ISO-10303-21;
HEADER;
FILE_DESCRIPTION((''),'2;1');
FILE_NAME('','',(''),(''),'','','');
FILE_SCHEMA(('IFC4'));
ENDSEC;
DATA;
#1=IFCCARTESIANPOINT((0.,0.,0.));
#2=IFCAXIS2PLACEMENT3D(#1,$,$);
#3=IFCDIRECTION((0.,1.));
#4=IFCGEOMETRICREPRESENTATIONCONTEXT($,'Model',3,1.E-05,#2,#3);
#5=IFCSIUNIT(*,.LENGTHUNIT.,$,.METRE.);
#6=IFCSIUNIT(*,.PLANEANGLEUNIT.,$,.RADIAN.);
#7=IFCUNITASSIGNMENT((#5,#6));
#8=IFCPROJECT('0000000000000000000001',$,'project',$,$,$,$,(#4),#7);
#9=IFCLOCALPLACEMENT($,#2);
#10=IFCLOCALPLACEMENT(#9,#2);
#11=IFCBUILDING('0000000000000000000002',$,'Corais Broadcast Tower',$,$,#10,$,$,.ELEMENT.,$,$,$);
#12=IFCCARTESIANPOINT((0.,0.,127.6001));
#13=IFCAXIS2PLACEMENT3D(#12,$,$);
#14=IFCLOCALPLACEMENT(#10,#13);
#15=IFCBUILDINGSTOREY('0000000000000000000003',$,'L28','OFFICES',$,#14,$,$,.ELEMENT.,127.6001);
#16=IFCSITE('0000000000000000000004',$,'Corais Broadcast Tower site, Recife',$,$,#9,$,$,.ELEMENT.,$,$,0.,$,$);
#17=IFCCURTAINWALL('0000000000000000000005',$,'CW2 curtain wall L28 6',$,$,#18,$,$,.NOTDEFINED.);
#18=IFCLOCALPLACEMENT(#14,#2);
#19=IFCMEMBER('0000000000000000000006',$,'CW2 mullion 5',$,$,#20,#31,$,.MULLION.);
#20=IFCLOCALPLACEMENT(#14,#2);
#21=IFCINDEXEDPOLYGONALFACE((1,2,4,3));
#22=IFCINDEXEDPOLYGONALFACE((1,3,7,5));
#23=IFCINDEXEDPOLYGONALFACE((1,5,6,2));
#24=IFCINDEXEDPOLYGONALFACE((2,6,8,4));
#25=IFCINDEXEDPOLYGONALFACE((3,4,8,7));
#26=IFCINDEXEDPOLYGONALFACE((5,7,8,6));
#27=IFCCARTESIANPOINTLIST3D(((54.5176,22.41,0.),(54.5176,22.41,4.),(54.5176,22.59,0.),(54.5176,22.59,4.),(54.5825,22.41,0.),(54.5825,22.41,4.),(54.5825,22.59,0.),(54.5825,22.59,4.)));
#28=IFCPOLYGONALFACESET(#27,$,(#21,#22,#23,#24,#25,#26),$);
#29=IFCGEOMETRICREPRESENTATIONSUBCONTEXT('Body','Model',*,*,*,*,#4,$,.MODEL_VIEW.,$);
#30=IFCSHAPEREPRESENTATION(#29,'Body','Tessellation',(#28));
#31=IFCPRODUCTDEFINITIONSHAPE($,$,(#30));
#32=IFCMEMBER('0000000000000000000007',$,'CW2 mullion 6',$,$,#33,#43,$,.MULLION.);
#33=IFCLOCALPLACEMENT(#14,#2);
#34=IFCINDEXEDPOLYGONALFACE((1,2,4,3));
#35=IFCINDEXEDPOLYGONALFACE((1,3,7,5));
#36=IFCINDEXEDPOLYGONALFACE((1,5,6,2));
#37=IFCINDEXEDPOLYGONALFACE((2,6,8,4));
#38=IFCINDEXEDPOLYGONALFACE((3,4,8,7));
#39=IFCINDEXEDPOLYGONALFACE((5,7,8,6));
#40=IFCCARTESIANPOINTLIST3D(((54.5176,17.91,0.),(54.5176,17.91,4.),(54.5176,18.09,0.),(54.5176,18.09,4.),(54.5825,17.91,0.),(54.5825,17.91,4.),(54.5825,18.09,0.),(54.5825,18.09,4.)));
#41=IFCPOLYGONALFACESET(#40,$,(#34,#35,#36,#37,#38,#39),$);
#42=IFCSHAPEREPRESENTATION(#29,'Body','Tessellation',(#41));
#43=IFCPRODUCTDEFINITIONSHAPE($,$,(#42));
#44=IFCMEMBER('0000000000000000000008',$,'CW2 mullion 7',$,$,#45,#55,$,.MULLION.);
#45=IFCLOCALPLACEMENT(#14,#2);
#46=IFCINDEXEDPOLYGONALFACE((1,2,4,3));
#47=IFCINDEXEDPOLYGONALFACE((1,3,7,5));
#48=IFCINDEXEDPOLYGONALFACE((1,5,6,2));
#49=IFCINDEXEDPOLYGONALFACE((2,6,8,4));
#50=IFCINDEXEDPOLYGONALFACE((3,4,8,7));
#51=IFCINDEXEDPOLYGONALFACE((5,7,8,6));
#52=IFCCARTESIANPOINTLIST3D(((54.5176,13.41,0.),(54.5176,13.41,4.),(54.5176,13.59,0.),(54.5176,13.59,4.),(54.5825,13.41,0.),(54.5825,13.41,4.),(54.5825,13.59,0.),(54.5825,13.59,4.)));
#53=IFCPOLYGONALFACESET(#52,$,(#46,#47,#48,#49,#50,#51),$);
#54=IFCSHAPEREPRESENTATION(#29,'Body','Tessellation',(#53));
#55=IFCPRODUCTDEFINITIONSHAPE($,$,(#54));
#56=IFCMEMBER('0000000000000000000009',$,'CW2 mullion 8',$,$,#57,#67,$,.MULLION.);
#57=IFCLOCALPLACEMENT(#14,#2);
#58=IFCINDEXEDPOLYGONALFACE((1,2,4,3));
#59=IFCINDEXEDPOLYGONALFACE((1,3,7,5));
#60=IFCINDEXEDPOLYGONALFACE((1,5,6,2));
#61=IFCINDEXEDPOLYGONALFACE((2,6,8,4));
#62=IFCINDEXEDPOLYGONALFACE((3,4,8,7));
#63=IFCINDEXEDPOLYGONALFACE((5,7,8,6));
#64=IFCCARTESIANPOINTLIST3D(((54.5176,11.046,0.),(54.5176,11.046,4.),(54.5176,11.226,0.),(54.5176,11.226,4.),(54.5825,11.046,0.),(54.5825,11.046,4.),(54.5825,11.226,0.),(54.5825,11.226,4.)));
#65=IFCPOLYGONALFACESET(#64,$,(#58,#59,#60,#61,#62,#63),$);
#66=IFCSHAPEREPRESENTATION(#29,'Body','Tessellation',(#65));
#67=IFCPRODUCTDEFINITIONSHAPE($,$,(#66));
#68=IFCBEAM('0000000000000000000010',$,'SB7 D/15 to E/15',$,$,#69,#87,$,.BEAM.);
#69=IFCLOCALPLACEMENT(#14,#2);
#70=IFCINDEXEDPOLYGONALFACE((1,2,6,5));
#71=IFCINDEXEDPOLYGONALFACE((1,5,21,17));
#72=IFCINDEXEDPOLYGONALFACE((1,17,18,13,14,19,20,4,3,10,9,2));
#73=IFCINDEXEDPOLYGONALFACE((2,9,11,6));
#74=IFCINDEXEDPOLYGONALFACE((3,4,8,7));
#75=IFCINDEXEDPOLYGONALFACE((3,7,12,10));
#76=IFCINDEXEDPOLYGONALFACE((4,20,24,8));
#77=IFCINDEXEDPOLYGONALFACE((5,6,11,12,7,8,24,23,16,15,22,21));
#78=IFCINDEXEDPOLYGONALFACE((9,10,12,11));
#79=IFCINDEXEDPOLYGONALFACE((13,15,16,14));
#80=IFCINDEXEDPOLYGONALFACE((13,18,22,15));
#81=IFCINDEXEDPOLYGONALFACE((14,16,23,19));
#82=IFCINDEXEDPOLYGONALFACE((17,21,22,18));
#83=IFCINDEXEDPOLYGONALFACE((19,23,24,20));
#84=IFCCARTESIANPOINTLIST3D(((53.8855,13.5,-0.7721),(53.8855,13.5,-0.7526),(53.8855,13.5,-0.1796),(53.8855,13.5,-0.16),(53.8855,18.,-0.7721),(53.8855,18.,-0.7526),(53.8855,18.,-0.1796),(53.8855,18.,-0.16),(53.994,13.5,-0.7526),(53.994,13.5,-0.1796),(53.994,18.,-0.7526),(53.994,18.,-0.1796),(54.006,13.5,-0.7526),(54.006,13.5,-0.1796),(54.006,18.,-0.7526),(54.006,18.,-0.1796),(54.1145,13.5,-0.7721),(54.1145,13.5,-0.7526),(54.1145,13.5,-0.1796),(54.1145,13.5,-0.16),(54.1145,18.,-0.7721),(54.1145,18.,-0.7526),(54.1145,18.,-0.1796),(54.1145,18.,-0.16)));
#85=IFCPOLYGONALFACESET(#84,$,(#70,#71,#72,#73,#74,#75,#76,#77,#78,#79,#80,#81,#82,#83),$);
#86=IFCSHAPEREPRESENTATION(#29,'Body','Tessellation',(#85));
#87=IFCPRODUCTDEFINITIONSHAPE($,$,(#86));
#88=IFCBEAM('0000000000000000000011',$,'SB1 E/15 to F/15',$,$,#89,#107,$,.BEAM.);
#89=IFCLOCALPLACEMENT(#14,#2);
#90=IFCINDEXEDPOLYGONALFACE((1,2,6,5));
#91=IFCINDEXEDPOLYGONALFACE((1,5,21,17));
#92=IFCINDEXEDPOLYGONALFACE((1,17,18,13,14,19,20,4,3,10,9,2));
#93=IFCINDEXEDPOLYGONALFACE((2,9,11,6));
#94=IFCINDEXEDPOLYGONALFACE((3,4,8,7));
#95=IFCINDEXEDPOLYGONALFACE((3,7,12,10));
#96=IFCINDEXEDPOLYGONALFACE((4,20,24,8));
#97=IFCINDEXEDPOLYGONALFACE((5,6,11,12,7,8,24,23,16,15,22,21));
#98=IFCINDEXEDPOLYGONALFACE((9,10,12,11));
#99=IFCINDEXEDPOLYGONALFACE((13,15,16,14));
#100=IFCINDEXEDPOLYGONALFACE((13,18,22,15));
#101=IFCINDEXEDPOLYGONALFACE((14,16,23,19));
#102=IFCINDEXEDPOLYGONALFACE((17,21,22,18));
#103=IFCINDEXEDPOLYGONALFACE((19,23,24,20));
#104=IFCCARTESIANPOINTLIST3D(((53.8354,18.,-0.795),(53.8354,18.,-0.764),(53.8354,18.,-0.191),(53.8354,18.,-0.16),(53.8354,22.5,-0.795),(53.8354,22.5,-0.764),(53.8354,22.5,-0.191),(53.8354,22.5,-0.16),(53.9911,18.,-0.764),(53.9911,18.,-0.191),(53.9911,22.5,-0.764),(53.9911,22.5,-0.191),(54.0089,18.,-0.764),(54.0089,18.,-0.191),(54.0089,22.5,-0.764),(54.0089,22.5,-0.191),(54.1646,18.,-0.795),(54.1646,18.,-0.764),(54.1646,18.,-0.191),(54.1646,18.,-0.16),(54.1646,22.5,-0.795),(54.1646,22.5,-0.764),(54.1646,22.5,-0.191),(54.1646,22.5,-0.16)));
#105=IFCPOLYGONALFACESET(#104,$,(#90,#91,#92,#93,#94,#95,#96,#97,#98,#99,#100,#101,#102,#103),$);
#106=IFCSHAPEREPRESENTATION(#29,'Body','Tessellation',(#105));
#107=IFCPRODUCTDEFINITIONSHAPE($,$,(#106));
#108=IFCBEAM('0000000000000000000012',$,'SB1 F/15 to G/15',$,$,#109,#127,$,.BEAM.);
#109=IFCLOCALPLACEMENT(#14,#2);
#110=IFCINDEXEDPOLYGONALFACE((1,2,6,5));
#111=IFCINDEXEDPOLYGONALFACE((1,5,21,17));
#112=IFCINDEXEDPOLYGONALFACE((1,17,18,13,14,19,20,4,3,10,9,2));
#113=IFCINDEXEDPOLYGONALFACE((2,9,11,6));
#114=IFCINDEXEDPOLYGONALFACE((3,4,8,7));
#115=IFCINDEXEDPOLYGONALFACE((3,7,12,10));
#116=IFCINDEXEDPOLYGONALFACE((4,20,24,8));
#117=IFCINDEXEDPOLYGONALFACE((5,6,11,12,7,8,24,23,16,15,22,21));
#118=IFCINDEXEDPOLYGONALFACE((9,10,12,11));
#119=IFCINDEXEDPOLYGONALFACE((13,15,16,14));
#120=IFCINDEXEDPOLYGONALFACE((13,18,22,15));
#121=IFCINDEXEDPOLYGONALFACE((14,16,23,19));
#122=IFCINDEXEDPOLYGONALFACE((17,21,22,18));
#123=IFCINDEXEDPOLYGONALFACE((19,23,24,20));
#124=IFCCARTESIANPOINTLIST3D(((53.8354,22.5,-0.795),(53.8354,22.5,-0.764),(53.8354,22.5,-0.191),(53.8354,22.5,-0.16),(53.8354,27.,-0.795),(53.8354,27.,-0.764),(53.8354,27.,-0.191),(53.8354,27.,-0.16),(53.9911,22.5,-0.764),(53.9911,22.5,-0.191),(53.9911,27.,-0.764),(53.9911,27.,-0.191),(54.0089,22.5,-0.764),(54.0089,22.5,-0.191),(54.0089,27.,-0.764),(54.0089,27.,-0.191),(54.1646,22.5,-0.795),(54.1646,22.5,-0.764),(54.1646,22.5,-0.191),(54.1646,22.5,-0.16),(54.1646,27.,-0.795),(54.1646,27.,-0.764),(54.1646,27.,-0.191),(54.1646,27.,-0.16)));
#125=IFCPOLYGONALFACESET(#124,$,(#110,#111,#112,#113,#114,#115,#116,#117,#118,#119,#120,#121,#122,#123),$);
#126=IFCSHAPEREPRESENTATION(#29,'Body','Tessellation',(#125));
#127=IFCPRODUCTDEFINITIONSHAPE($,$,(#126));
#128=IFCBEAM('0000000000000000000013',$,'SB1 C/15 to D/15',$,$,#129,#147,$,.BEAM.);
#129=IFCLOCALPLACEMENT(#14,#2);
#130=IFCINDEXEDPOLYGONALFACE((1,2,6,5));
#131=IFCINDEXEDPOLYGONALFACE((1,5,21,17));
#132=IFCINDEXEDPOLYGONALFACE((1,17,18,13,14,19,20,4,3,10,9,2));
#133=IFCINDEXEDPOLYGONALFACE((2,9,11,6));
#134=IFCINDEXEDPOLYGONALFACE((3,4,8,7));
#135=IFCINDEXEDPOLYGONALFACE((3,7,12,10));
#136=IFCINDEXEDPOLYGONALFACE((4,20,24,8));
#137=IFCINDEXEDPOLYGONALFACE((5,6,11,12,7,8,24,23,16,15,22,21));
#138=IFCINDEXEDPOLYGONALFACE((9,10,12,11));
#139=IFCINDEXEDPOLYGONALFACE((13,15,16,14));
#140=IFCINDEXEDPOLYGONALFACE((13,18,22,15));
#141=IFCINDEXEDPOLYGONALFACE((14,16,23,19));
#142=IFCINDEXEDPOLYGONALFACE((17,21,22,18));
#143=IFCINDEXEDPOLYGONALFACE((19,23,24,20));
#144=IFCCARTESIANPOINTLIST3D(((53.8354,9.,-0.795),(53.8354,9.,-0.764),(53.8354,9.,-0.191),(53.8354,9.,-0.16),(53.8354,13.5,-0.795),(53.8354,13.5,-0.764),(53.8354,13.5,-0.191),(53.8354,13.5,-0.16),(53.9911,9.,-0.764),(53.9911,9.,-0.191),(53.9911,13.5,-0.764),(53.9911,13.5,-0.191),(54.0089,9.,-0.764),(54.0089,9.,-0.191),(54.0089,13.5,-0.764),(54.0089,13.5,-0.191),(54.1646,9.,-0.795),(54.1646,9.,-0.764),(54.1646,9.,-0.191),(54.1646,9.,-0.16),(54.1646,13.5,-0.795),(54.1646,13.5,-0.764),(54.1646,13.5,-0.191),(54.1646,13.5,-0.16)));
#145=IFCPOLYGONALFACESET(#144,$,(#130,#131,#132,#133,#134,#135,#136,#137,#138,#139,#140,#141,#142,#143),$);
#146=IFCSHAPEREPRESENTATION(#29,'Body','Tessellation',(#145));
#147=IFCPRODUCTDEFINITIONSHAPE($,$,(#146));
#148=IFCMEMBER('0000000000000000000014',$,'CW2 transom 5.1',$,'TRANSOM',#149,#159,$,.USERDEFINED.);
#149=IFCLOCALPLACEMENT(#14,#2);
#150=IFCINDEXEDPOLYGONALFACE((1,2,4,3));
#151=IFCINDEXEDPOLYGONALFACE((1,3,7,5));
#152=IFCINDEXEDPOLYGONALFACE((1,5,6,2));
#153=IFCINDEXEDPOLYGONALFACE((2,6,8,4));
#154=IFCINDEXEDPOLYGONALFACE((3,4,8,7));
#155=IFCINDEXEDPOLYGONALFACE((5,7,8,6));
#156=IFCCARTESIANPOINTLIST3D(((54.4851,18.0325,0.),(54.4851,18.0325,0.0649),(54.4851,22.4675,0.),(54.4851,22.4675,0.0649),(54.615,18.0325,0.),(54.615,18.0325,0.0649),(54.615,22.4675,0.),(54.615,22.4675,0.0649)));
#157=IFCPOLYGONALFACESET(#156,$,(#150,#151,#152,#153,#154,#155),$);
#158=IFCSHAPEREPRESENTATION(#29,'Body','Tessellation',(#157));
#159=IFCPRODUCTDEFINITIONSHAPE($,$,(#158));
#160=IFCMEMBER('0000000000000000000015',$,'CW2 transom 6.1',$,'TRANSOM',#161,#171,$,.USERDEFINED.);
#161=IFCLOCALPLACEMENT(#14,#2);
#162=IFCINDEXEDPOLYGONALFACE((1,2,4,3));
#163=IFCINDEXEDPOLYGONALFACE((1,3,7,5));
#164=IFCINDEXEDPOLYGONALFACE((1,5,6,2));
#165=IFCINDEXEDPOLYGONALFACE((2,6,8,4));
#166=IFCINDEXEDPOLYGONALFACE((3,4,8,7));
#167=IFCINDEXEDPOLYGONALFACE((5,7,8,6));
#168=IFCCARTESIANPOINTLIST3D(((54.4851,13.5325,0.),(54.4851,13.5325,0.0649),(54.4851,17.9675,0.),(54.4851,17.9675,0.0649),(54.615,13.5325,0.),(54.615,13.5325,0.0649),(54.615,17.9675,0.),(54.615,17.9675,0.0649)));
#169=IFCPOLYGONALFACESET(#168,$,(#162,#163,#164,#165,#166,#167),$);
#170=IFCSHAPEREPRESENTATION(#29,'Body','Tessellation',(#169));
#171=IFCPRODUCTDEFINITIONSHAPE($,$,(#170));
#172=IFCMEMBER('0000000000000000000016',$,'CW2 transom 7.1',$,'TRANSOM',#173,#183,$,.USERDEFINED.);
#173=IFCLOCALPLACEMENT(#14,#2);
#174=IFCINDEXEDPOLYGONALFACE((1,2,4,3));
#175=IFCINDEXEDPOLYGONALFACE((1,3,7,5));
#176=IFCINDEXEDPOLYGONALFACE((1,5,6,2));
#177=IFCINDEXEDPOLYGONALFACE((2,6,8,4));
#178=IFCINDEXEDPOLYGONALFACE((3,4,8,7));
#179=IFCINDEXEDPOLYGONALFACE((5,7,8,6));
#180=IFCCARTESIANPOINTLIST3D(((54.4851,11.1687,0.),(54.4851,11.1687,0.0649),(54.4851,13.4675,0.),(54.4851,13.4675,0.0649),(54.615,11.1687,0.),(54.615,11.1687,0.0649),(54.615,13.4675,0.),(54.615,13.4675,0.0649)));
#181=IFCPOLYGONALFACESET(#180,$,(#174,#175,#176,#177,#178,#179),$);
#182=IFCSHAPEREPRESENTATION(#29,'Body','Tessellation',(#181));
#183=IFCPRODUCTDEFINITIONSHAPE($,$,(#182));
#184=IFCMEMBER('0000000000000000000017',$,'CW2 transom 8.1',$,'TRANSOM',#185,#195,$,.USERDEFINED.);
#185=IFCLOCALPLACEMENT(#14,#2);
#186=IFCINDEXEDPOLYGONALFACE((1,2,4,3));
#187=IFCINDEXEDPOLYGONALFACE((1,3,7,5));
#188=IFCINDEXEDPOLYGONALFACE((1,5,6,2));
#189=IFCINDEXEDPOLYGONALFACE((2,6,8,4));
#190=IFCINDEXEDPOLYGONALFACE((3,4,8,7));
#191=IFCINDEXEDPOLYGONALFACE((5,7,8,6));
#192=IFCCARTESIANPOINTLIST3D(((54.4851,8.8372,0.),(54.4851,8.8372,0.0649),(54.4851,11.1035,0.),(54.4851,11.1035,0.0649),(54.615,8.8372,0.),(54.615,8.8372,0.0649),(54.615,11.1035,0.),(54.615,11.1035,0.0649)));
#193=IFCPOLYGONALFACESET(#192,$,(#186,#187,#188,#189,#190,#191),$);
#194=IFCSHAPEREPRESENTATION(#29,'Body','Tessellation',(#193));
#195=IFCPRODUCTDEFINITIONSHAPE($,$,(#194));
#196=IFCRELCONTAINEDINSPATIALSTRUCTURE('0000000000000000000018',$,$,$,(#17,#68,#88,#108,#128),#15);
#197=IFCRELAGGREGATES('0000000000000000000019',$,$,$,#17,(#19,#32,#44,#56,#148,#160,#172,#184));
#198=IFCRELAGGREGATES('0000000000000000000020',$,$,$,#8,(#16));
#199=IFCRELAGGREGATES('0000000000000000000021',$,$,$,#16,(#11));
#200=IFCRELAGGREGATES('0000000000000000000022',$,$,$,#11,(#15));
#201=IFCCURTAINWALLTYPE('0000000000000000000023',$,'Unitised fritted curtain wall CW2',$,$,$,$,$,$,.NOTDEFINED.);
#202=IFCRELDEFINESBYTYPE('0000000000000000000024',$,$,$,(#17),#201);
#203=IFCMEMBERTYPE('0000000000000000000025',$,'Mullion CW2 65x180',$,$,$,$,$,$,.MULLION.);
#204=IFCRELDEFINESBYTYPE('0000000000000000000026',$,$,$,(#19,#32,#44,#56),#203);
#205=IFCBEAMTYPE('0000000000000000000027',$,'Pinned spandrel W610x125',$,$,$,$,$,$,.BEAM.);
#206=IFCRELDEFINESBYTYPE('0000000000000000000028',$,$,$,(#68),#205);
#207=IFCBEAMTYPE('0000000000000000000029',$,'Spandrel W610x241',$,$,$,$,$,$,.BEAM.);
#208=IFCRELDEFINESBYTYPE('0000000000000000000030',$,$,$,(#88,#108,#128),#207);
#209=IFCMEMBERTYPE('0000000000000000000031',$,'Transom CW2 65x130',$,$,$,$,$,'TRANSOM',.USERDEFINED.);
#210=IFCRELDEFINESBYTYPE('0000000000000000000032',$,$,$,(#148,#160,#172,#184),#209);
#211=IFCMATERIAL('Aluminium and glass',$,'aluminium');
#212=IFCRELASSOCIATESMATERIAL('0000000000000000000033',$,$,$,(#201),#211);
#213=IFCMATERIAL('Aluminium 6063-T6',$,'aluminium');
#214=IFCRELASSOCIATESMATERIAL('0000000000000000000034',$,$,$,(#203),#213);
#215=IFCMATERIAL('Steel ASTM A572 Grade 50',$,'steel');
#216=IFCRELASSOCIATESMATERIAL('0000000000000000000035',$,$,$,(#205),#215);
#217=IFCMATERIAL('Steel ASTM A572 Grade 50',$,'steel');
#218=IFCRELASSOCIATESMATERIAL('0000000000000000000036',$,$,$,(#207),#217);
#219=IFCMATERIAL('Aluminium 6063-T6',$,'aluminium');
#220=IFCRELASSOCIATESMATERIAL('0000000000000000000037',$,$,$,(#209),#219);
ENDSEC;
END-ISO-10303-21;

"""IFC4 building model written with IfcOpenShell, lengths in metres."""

from ifc_helpers import new_model, si_unit, direction, frame, origin, origin_2d, place, context, subcontext, project, spatial, rectangle, i_section, extrude, material, material_profile, profile_set, type_object, element, aggregate, save


model = new_model("IFC4")

# Units and contexts
model_context = context("Model", 3, precision=1e-05, world=origin(), true_north=direction((0.0, 1.0)))
body_context = subcontext(model_context, "Body", "Model", "MODEL_VIEW")
ifc_project = project(units=[si_unit("LENGTHUNIT", "METRE"), si_unit("PLANEANGLEUNIT", "RADIAN")], contexts=[model_context])

# Site, building, storey
site_placement = place(None, origin())
site = spatial("IfcSite", under=ifc_project, at=site_placement, Name="Corais Broadcast Tower site, Recife", CompositionType="ELEMENT", RefElevation=0.0)
building_placement = place(site_placement, origin())
building = spatial("IfcBuilding", under=site, at=building_placement, Name="Corais Broadcast Tower", CompositionType="ELEMENT")
storey_placement = place(building_placement, frame((0.0, 0.0, 127.6001)))
storey = spatial("IfcBuildingStorey", under=building, at=storey_placement, Name="L28", Description="OFFICES", CompositionType="ELEMENT", Elevation=127.6001)

# Curtain wall, members
ifc_material_1 = material(Name="Aluminium and glass", Category="aluminium")
curtain_wall_type = type_object("IfcCurtainWallType", Name="Unitised fritted curtain wall CW2", PredefinedType="NOTDEFINED", material=ifc_material_1)
curtain_wall_placement = place(storey_placement, origin())
curtain_wall = element("IfcCurtainWall", 1, at=curtain_wall_placement, inside=storey, type_object=curtain_wall_type, Name="CW2 curtain wall L28 6", PredefinedType="NOTDEFINED")
ifc_material_2 = material(Name="Aluminium 6063-T6", Category="aluminium")
ifc_material_profile_1 = material_profile(ifc_material_2, rectangle(XDim=0.0649, YDim=0.1799, at=origin_2d()), Name="Mullion CW2 65x180")
ifc_profile_set_1 = profile_set([ifc_material_profile_1], Name="Aluminium 6063-T6")
member_type_1 = type_object("IfcMemberType", Name="Mullion CW2 65x180", PredefinedType="MULLION", material=ifc_profile_set_1)
member_1_placement = place(storey_placement, frame((54.55, 22.5, 0.0), z_axis=(0.0, 0.0, 1.0), x_axis=(1.0, 0.0, 0.0)))
member_1 = element("IfcMember", 2, at=member_1_placement, type_object=member_type_1, Name="CW2 mullion 5", PredefinedType="MULLION", context=body_context, shape_type="SweptSolid", body=[
    extrude(rectangle(XDim=0.0649, YDim=0.1799, at=origin_2d()), origin(), (0.0, 0.0, 1.0), 4.0),
])
member_2_placement = place(storey_placement, frame((54.55, 18.0, 0.0), z_axis=(0.0, 0.0, 1.0), x_axis=(1.0, 0.0, 0.0)))
member_2 = element("IfcMember", 3, at=member_2_placement, type_object=member_type_1, Name="CW2 mullion 6", PredefinedType="MULLION", context=body_context, shape_type="SweptSolid", body=[
    extrude(rectangle(XDim=0.0649, YDim=0.1799, at=origin_2d()), origin(), (0.0, 0.0, 1.0), 4.0),
])
member_3_placement = place(storey_placement, frame((54.55, 13.5, 0.0), z_axis=(0.0, 0.0, 1.0), x_axis=(1.0, 0.0, 0.0)))
member_3 = element("IfcMember", 4, at=member_3_placement, type_object=member_type_1, Name="CW2 mullion 7", PredefinedType="MULLION", context=body_context, shape_type="SweptSolid", body=[
    extrude(rectangle(XDim=0.0649, YDim=0.1799, at=origin_2d()), origin(), (0.0, 0.0, 1.0), 4.0),
])
member_4_placement = place(storey_placement, frame((54.55, 11.136, 0.0), z_axis=(0.0, 0.0, 1.0), x_axis=(1.0, 0.0, 0.0)))
member_4 = element("IfcMember", 5, at=member_4_placement, type_object=member_type_1, Name="CW2 mullion 8", PredefinedType="MULLION", context=body_context, shape_type="SweptSolid", body=[
    extrude(rectangle(XDim=0.0649, YDim=0.1799, at=origin_2d()), origin(), (0.0, 0.0, 1.0), 4.0),
])

# Beams
ifc_material_3 = material(Name="Steel ASTM A572 Grade 50", Category="steel")
ifc_material_profile_2 = material_profile(ifc_material_3, i_section(OverallWidth=0.229, OverallDepth=0.6121, WebThickness=0.012, FlangeThickness=0.0195, at=origin_2d()), Name="W610x125")
ifc_profile_set_2 = profile_set([ifc_material_profile_2], Name="Steel ASTM A572 Grade 50")
beam_type_1 = type_object("IfcBeamType", Name="Pinned spandrel W610x125", PredefinedType="BEAM", material=ifc_profile_set_2)
beam_1_placement = place(storey_placement, frame((54.0, 13.5, -0.4661), z_axis=(0.0, 1.0, 0.0), x_axis=(-1.0, 0.0, 0.0)))
element("IfcBeam", 6, at=beam_1_placement, inside=storey, type_object=beam_type_1, Name="SB7 D/15 to E/15", PredefinedType="BEAM", context=body_context, shape_type="SweptSolid", body=[
    extrude(i_section(OverallWidth=0.229, OverallDepth=0.6121, WebThickness=0.012, FlangeThickness=0.0195, at=origin_2d()), origin(), (0.0, 0.0, 1.0), 4.5),
])
ifc_material_4 = material(Name="Steel ASTM A572 Grade 50", Category="steel")
ifc_material_profile_3 = material_profile(ifc_material_4, i_section(OverallWidth=0.3291, OverallDepth=0.635, WebThickness=0.0178, FlangeThickness=0.031, at=origin_2d()), Name="W610x241")
ifc_profile_set_3 = profile_set([ifc_material_profile_3], Name="Steel ASTM A572 Grade 50")
beam_type_2 = type_object("IfcBeamType", Name="Spandrel W610x241", PredefinedType="BEAM", material=ifc_profile_set_3)
for number, where, z_axis, x_axis, name in (
    (7, (54.0, 18.0, -0.4775), (0.0, 1.0, 0.0), (-1.0, 0.0, 0.0), "SB1 E/15 to F/15"),
    (8, (54.0, 22.5, -0.4775), (0.0, 1.0, 0.0), (-1.0, 0.0, 0.0), "SB1 F/15 to G/15"),
    (9, (54.0, 9.0, -0.4775), (0.0, 1.0, 0.0), (-1.0, 0.0, 0.0), "SB1 C/15 to D/15"),
):
    element("IfcBeam", number, at=place(storey_placement, frame(where, z_axis=z_axis, x_axis=x_axis)), inside=storey, type_object=beam_type_2, Name=name, PredefinedType="BEAM", context=body_context, shape_type="SweptSolid", body=[
        extrude(i_section(OverallWidth=0.3291, OverallDepth=0.635, WebThickness=0.0178, FlangeThickness=0.031, at=origin_2d()), origin(), (0.0, 0.0, 1.0), 4.5),
    ])

# Members
ifc_material_5 = material(Name="Aluminium 6063-T6", Category="aluminium")
ifc_material_profile_4 = material_profile(ifc_material_5, rectangle(XDim=0.1299, YDim=0.0649, at=origin_2d()), Name="Transom CW2 65x130")
ifc_profile_set_4 = profile_set([ifc_material_profile_4], Name="Aluminium 6063-T6")
member_type_2 = type_object("IfcMemberType", Name="Transom CW2 65x130", ElementType="TRANSOM", PredefinedType="USERDEFINED", material=ifc_profile_set_4)
member_5_placement = place(storey_placement, frame((54.55, 22.4675, 0.0325), z_axis=(0.0, -1.0, 0.0), x_axis=(1.0, 0.0, 0.0)))
member_5 = element("IfcMember", 10, at=member_5_placement, type_object=member_type_2, Name="CW2 transom 5.1", ObjectType="TRANSOM", PredefinedType="USERDEFINED", context=body_context, shape_type="SweptSolid", body=[
    extrude(rectangle(XDim=0.1299, YDim=0.0649, at=origin_2d()), origin(), (0.0, 0.0, 1.0), 4.4351),
])
member_6_placement = place(storey_placement, frame((54.55, 17.9675, 0.0325), z_axis=(0.0, -1.0, 0.0), x_axis=(1.0, 0.0, 0.0)))
member_6 = element("IfcMember", 11, at=member_6_placement, type_object=member_type_2, Name="CW2 transom 6.1", ObjectType="TRANSOM", PredefinedType="USERDEFINED", context=body_context, shape_type="SweptSolid", body=[
    extrude(rectangle(XDim=0.1299, YDim=0.0649, at=origin_2d()), origin(), (0.0, 0.0, 1.0), 4.4351),
])
member_7_placement = place(storey_placement, frame((54.55, 13.4675, 0.0325), z_axis=(0.0, -1.0, 0.0), x_axis=(1.0, 0.0, 0.0)))
member_7 = element("IfcMember", 12, at=member_7_placement, type_object=member_type_2, Name="CW2 transom 7.1", ObjectType="TRANSOM", PredefinedType="USERDEFINED", context=body_context, shape_type="SweptSolid", body=[
    extrude(rectangle(XDim=0.1299, YDim=0.0649, at=origin_2d()), origin(), (0.0, 0.0, 1.0), 2.2988),
])
member_8_placement = place(storey_placement, frame((54.55, 11.1035, 0.0325), z_axis=(0.0, -1.0, 0.0), x_axis=(1.0, 0.0, 0.0)))
member_8 = element("IfcMember", 13, at=member_8_placement, type_object=member_type_2, Name="CW2 transom 8.1", ObjectType="TRANSOM", PredefinedType="USERDEFINED", context=body_context, shape_type="SweptSolid", body=[
    extrude(rectangle(XDim=0.1299, YDim=0.0649, at=origin_2d()), origin(), (0.0, 0.0, 1.0), 2.2664),
])

aggregate(curtain_wall, [member_1, member_2, member_3, member_4, member_5, member_6, member_7, member_8])

save(model, "model.ifc")
